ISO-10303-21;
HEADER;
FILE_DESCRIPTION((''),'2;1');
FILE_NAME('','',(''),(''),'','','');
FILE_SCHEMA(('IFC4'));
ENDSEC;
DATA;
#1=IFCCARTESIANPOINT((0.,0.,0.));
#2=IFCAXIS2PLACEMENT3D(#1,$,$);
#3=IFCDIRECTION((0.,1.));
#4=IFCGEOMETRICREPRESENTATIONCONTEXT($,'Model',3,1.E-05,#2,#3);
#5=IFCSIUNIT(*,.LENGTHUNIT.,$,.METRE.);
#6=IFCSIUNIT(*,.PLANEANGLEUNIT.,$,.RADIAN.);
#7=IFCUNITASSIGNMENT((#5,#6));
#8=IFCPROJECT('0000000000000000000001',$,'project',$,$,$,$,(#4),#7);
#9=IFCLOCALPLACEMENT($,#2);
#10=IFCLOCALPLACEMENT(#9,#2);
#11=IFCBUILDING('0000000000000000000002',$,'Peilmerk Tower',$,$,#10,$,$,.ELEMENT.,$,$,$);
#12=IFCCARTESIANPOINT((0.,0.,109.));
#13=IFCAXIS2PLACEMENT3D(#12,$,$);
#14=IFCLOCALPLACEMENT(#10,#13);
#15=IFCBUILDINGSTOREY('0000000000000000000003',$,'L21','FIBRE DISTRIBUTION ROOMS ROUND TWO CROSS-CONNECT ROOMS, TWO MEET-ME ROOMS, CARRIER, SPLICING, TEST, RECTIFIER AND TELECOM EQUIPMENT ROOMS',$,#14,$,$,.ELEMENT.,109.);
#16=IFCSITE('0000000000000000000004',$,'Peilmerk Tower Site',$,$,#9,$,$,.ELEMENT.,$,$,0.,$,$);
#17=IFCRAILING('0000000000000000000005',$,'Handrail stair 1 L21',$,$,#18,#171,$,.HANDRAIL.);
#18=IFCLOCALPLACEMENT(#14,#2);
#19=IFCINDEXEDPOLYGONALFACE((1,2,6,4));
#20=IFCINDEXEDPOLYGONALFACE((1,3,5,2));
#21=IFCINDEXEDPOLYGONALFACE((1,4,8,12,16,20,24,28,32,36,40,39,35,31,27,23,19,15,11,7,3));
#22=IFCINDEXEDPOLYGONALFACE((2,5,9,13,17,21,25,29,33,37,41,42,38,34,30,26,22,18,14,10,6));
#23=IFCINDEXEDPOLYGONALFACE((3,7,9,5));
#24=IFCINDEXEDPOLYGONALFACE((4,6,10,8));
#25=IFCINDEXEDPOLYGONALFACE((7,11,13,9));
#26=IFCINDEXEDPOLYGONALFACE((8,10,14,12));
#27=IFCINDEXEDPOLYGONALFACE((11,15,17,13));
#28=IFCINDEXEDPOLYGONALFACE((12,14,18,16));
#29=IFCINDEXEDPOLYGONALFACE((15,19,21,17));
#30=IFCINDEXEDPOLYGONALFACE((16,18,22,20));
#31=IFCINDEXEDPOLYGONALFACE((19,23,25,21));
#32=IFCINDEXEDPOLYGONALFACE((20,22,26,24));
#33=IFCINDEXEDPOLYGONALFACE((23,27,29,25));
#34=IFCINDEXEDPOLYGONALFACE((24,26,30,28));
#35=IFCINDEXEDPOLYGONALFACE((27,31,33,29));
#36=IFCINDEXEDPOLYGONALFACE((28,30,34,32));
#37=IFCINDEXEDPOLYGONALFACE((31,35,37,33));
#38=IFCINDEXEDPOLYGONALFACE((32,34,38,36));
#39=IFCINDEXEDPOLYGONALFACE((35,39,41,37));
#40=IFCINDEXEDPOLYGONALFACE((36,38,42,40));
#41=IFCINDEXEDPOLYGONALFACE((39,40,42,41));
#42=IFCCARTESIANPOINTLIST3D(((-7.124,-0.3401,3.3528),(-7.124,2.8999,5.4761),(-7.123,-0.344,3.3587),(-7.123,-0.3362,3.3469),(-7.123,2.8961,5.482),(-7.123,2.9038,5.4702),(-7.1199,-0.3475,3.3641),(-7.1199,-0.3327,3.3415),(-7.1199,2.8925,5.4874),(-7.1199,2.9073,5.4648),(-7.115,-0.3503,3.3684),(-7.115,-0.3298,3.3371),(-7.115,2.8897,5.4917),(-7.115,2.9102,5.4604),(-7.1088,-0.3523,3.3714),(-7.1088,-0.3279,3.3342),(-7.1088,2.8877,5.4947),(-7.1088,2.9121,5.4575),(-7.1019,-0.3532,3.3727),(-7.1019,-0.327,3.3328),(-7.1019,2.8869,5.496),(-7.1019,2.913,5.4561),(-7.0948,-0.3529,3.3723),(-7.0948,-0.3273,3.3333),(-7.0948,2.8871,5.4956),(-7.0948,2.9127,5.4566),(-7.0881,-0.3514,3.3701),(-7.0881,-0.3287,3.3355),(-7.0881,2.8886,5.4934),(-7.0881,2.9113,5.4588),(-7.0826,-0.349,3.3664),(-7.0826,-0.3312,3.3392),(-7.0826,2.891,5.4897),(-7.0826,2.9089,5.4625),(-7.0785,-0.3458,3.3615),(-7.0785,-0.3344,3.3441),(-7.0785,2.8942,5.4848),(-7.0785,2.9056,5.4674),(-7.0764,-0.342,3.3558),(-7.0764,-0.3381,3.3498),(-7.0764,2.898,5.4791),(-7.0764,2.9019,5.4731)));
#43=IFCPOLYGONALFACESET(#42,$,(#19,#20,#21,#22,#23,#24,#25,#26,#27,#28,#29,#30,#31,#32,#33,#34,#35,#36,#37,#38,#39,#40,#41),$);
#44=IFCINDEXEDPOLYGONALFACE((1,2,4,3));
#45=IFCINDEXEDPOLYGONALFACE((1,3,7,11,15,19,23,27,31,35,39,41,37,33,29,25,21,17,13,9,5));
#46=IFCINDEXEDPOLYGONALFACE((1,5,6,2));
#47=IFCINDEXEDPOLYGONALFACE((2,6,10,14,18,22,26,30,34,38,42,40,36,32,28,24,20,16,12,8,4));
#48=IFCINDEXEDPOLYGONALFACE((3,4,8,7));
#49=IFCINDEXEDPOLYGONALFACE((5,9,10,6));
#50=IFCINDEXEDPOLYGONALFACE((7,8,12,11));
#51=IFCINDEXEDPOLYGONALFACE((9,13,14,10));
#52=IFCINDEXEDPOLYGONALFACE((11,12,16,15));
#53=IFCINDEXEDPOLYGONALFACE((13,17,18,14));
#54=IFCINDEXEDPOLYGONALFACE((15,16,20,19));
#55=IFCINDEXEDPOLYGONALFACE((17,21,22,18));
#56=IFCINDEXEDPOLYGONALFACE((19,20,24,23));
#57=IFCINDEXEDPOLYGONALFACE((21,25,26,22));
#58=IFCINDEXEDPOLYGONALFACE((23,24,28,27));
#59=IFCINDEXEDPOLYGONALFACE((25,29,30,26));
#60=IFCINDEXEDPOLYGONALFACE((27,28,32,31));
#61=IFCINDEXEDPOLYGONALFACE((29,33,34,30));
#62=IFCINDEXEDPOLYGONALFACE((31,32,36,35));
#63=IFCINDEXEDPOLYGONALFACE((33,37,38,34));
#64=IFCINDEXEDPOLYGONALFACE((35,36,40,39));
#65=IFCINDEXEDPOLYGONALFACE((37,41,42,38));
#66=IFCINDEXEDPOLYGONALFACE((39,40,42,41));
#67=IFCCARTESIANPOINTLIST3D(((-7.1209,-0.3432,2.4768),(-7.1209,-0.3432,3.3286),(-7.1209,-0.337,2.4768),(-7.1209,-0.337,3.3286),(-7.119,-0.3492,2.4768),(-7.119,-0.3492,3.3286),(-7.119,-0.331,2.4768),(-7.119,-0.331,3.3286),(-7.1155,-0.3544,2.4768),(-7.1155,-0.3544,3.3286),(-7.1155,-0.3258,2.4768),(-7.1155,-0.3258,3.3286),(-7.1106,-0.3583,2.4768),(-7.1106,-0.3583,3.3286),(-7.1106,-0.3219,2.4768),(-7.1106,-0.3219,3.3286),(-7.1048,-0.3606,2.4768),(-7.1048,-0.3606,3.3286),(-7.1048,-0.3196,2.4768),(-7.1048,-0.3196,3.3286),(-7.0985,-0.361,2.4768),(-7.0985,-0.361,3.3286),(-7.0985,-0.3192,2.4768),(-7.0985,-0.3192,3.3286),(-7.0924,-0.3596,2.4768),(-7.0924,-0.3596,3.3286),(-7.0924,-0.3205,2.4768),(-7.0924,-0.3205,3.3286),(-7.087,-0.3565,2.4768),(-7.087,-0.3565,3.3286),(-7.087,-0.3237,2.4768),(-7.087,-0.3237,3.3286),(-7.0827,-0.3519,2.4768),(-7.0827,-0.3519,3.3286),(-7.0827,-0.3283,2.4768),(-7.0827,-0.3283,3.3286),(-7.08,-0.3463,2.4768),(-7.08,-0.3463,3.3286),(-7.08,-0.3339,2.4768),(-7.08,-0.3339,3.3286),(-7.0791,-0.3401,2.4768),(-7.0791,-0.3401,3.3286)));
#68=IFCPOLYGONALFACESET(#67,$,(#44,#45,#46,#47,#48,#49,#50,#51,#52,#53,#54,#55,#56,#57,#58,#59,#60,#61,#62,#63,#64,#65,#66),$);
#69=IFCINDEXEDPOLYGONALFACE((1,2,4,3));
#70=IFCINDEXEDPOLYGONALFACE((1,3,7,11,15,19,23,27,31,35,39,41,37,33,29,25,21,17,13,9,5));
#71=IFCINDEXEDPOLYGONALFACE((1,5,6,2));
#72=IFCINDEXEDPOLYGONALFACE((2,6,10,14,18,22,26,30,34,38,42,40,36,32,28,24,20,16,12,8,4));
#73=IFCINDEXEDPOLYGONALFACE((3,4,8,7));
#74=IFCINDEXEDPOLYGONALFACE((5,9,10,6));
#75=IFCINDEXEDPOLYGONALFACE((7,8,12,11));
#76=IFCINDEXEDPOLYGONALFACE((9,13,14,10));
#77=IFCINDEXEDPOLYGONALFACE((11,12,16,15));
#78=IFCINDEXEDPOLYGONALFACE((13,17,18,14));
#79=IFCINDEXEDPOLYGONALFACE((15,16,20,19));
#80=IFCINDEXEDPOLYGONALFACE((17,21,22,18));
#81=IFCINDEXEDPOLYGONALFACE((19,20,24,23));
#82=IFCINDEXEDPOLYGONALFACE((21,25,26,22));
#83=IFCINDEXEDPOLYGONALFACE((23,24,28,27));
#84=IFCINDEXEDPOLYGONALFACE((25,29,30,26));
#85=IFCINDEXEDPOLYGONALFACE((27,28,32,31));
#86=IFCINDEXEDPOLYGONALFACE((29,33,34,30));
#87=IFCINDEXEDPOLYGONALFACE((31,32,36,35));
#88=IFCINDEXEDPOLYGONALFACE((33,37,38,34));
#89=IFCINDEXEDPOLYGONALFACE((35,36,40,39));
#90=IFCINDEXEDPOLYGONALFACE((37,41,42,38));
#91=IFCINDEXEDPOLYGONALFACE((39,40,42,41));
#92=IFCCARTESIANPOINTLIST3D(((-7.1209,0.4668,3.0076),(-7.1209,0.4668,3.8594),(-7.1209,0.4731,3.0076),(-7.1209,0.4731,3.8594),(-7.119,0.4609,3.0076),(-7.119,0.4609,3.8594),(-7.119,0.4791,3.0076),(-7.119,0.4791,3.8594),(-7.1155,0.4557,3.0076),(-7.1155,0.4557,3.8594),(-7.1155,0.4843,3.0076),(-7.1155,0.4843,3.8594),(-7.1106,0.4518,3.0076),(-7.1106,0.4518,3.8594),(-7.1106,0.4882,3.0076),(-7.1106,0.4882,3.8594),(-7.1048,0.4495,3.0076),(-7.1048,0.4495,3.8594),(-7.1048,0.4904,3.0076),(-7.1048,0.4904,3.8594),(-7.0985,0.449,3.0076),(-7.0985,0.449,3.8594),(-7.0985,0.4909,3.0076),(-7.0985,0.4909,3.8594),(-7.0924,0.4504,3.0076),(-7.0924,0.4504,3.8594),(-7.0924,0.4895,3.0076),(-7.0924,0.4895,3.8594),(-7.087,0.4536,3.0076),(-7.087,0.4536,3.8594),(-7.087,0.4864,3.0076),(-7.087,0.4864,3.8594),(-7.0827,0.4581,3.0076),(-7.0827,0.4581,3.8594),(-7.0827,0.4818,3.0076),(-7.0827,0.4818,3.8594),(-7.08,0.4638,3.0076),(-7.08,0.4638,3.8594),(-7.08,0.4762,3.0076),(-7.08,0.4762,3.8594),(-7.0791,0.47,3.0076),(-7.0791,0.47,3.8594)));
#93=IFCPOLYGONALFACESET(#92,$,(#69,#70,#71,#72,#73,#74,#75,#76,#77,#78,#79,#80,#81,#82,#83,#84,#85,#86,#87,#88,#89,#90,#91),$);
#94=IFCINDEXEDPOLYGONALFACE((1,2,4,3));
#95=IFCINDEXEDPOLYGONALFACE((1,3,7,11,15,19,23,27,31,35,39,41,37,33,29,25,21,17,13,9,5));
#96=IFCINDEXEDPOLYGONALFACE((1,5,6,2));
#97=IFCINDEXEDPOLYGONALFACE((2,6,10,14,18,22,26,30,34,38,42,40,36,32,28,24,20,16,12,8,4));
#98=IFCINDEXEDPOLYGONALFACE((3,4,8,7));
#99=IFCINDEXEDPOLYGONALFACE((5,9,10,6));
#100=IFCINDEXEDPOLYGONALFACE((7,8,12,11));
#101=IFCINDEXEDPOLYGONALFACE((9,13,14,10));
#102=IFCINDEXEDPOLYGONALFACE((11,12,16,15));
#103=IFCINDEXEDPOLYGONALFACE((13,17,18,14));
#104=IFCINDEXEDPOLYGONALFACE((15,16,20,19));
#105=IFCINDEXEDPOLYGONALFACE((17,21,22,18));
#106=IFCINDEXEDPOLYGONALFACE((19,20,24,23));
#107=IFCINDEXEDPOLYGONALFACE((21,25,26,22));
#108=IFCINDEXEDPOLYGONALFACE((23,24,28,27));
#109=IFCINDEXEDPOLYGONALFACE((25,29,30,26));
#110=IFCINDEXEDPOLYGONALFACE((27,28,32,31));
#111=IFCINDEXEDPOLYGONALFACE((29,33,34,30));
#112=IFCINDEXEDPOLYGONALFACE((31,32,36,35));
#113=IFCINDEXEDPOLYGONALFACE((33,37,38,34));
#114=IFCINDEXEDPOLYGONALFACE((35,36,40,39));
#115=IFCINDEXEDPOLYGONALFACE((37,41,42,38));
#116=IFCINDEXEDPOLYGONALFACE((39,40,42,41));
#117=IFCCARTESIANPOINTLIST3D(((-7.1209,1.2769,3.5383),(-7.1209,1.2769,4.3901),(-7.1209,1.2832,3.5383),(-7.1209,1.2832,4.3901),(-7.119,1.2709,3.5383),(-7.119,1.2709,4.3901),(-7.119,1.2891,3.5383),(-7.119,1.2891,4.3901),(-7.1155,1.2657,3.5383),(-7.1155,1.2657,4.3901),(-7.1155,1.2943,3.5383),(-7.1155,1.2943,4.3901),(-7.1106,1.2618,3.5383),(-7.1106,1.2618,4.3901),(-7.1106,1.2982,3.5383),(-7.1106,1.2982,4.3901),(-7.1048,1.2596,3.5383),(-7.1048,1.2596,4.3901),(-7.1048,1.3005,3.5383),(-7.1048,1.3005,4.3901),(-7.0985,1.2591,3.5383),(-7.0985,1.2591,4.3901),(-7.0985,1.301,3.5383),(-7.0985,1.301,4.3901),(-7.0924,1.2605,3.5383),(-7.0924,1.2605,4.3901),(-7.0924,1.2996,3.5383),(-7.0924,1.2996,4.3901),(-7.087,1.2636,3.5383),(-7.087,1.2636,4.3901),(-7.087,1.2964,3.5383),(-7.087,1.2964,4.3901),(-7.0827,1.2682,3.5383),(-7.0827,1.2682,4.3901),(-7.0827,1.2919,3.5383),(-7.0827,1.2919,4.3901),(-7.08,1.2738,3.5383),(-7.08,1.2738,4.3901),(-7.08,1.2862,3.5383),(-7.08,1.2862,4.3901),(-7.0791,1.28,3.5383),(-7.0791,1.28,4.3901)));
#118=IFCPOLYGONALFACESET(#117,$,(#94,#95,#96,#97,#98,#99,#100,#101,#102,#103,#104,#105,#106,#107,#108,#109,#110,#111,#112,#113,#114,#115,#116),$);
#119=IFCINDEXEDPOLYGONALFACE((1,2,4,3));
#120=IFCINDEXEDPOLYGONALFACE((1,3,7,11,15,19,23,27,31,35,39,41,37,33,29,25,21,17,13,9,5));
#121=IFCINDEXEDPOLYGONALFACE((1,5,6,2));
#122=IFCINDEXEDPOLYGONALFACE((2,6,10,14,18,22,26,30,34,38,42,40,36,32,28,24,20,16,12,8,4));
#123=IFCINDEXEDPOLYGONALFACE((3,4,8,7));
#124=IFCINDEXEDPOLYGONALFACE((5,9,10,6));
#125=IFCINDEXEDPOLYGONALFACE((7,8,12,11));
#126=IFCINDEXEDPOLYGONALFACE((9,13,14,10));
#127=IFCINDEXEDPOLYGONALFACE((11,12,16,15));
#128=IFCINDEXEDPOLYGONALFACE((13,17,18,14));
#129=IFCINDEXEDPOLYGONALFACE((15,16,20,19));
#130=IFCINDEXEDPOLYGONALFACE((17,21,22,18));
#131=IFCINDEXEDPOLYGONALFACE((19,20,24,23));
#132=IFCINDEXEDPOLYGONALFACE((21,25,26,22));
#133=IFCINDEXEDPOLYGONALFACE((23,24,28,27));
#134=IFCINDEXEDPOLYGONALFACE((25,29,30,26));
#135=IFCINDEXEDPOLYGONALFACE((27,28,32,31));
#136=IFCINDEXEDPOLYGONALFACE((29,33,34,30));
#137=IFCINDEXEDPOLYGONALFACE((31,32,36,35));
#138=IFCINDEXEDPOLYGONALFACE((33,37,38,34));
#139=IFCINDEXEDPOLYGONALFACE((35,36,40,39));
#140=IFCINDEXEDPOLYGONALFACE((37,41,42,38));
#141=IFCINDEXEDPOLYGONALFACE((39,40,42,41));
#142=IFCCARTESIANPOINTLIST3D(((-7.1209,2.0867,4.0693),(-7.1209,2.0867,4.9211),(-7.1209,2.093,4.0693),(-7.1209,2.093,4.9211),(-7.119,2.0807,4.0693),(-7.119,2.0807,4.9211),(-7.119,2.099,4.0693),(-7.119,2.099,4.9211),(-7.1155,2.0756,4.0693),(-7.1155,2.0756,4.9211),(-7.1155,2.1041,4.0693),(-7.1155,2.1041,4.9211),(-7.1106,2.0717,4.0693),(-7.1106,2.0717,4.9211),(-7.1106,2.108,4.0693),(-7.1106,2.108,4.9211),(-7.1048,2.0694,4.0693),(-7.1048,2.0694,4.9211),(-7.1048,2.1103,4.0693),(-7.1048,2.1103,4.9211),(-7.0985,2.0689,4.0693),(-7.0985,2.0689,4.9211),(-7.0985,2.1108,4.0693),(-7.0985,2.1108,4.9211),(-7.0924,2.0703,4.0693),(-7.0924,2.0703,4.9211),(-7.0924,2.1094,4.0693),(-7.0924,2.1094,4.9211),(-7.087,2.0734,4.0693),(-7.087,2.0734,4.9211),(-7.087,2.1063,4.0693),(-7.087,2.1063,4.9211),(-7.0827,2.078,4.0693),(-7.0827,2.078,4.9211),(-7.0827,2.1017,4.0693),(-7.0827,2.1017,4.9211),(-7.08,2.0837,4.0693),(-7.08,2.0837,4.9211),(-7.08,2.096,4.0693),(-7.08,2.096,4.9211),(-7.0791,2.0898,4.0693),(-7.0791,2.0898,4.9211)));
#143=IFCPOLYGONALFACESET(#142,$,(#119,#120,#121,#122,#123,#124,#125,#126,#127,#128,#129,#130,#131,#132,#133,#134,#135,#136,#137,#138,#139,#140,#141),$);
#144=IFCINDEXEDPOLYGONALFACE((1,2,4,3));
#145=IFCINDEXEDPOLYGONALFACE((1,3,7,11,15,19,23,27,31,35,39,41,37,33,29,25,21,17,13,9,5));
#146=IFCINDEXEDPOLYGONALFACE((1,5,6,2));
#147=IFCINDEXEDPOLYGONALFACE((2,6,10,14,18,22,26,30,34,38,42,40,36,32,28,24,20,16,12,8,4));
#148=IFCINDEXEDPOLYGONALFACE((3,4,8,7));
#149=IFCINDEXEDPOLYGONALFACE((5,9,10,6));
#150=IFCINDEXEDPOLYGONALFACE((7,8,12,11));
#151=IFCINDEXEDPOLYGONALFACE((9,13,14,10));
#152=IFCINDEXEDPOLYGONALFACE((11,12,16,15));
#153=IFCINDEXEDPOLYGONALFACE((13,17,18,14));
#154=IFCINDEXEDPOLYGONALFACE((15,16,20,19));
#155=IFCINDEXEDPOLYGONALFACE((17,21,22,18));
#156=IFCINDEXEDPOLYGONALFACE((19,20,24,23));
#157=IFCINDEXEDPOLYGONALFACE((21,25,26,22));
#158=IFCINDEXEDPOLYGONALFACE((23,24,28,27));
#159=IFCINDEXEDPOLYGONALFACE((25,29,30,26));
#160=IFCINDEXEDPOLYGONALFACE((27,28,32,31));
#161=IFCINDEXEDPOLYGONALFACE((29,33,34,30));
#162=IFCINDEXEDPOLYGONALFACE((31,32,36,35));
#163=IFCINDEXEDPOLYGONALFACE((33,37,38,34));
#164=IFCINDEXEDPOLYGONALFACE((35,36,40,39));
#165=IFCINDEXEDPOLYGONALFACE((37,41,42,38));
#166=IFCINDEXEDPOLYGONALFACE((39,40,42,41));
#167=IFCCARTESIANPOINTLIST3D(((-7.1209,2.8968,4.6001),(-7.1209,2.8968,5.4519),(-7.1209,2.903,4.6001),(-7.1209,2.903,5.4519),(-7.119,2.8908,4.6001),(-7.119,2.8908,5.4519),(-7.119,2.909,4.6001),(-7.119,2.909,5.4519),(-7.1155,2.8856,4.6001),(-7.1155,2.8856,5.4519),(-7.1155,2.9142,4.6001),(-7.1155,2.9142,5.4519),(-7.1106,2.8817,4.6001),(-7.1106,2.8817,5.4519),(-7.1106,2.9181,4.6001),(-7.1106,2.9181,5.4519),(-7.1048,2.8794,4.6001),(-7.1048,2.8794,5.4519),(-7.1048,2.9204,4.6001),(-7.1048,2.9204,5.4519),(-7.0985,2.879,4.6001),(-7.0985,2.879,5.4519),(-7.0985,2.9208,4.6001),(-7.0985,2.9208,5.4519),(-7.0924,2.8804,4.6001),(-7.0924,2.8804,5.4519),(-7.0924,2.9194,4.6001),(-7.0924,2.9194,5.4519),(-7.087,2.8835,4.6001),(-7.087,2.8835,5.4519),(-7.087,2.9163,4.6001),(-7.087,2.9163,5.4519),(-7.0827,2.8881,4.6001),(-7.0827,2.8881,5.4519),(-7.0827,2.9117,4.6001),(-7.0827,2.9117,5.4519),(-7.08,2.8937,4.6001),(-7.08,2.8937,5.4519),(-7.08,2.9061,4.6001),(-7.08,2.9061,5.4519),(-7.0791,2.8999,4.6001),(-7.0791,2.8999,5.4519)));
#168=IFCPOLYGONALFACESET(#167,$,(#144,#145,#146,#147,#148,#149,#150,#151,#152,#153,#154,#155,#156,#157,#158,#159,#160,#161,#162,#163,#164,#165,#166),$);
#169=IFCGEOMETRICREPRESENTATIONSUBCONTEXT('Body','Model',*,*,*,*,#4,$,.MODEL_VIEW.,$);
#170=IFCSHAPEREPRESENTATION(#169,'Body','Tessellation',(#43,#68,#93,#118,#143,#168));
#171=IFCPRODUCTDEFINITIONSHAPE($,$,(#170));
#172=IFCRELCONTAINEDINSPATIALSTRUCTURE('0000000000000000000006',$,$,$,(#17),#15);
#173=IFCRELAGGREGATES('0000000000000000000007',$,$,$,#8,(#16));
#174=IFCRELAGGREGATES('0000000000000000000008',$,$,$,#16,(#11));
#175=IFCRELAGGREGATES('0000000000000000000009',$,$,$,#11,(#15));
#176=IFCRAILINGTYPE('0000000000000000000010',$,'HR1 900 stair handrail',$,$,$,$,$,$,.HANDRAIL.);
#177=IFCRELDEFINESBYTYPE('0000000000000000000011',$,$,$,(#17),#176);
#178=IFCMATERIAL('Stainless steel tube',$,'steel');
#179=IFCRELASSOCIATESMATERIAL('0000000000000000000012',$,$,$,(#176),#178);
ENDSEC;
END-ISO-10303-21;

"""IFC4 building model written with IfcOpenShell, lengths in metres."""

from ifc_helpers import new_model, si_unit, direction, frame, origin, origin_2d, place, context, subcontext, project, spatial, circle, extrude, material, type_object, element, save


model = new_model("IFC4")

# Units and contexts
model_context = context("Model", 3, precision=1e-05, world=origin(), true_north=direction((0.0, 1.0)))
body_context = subcontext(model_context, "Body", "Model", "MODEL_VIEW")
ifc_project = project(units=[si_unit("LENGTHUNIT", "METRE"), si_unit("PLANEANGLEUNIT", "RADIAN")], contexts=[model_context])

# Site, building, storey
site_placement = place(None, origin())
site = spatial("IfcSite", under=ifc_project, at=site_placement, Name="Peilmerk Tower Site", CompositionType="ELEMENT", RefElevation=0.0)
building_placement = place(site_placement, origin())
building = spatial("IfcBuilding", under=site, at=building_placement, Name="Peilmerk Tower", CompositionType="ELEMENT")
storey_placement = place(building_placement, frame((0.0, 0.0, 109.0)))
storey = spatial("IfcBuildingStorey", under=building, at=storey_placement, Name="L21", Description="FIBRE DISTRIBUTION ROOMS ROUND TWO CROSS-CONNECT ROOMS, TWO MEET-ME ROOMS, CARRIER, SPLICING, TEST, RECTIFIER AND TELECOM EQUIPMENT ROOMS", CompositionType="ELEMENT", Elevation=109.0)

# Railing
ifc_material_1 = material(Name="Stainless steel tube", Category="steel")
railing_type_1 = type_object("IfcRailingType", Name="HR1 900 stair handrail", PredefinedType="HANDRAIL", material=ifc_material_1)
railing_1_placement = place(storey_placement, frame((-7.1001, -0.3401, 2.4768)))
element("IfcRailing", 1, at=railing_1_placement, inside=storey, type_object=railing_type_1, Name="Handrail stair 1 L21", PredefinedType="HANDRAIL", context=body_context, shape_type="SweptSolid", body=[
    extrude(circle(Radius=0.0239, at=origin_2d()), frame((0.0, 0.0, 0.876), z_axis=(0.0, 0.836397, 0.548124), x_axis=(-1.0, 0.0, 0.0)), (0.0, 0.0, 1.0), 3.8738),
    extrude(circle(Radius=0.021, at=origin_2d()), origin(), (0.0, 0.0, 1.0), 0.8518),
    extrude(circle(Radius=0.021, at=origin_2d()), frame((0.0, 0.8101, 0.5308)), (0.0, 0.0, 1.0), 0.8518),
    extrude(circle(Radius=0.021, at=origin_2d()), frame((0.0, 1.6201, 1.0615)), (0.0, 0.0, 1.0), 0.8518),
    extrude(circle(Radius=0.021, at=origin_2d()), frame((0.0, 2.4299, 1.5925)), (0.0, 0.0, 1.0), 0.8518),
    extrude(circle(Radius=0.021, at=origin_2d()), frame((0.0, 3.24, 2.1233)), (0.0, 0.0, 1.0), 0.8518),
])

save(model, "model.ifc")
